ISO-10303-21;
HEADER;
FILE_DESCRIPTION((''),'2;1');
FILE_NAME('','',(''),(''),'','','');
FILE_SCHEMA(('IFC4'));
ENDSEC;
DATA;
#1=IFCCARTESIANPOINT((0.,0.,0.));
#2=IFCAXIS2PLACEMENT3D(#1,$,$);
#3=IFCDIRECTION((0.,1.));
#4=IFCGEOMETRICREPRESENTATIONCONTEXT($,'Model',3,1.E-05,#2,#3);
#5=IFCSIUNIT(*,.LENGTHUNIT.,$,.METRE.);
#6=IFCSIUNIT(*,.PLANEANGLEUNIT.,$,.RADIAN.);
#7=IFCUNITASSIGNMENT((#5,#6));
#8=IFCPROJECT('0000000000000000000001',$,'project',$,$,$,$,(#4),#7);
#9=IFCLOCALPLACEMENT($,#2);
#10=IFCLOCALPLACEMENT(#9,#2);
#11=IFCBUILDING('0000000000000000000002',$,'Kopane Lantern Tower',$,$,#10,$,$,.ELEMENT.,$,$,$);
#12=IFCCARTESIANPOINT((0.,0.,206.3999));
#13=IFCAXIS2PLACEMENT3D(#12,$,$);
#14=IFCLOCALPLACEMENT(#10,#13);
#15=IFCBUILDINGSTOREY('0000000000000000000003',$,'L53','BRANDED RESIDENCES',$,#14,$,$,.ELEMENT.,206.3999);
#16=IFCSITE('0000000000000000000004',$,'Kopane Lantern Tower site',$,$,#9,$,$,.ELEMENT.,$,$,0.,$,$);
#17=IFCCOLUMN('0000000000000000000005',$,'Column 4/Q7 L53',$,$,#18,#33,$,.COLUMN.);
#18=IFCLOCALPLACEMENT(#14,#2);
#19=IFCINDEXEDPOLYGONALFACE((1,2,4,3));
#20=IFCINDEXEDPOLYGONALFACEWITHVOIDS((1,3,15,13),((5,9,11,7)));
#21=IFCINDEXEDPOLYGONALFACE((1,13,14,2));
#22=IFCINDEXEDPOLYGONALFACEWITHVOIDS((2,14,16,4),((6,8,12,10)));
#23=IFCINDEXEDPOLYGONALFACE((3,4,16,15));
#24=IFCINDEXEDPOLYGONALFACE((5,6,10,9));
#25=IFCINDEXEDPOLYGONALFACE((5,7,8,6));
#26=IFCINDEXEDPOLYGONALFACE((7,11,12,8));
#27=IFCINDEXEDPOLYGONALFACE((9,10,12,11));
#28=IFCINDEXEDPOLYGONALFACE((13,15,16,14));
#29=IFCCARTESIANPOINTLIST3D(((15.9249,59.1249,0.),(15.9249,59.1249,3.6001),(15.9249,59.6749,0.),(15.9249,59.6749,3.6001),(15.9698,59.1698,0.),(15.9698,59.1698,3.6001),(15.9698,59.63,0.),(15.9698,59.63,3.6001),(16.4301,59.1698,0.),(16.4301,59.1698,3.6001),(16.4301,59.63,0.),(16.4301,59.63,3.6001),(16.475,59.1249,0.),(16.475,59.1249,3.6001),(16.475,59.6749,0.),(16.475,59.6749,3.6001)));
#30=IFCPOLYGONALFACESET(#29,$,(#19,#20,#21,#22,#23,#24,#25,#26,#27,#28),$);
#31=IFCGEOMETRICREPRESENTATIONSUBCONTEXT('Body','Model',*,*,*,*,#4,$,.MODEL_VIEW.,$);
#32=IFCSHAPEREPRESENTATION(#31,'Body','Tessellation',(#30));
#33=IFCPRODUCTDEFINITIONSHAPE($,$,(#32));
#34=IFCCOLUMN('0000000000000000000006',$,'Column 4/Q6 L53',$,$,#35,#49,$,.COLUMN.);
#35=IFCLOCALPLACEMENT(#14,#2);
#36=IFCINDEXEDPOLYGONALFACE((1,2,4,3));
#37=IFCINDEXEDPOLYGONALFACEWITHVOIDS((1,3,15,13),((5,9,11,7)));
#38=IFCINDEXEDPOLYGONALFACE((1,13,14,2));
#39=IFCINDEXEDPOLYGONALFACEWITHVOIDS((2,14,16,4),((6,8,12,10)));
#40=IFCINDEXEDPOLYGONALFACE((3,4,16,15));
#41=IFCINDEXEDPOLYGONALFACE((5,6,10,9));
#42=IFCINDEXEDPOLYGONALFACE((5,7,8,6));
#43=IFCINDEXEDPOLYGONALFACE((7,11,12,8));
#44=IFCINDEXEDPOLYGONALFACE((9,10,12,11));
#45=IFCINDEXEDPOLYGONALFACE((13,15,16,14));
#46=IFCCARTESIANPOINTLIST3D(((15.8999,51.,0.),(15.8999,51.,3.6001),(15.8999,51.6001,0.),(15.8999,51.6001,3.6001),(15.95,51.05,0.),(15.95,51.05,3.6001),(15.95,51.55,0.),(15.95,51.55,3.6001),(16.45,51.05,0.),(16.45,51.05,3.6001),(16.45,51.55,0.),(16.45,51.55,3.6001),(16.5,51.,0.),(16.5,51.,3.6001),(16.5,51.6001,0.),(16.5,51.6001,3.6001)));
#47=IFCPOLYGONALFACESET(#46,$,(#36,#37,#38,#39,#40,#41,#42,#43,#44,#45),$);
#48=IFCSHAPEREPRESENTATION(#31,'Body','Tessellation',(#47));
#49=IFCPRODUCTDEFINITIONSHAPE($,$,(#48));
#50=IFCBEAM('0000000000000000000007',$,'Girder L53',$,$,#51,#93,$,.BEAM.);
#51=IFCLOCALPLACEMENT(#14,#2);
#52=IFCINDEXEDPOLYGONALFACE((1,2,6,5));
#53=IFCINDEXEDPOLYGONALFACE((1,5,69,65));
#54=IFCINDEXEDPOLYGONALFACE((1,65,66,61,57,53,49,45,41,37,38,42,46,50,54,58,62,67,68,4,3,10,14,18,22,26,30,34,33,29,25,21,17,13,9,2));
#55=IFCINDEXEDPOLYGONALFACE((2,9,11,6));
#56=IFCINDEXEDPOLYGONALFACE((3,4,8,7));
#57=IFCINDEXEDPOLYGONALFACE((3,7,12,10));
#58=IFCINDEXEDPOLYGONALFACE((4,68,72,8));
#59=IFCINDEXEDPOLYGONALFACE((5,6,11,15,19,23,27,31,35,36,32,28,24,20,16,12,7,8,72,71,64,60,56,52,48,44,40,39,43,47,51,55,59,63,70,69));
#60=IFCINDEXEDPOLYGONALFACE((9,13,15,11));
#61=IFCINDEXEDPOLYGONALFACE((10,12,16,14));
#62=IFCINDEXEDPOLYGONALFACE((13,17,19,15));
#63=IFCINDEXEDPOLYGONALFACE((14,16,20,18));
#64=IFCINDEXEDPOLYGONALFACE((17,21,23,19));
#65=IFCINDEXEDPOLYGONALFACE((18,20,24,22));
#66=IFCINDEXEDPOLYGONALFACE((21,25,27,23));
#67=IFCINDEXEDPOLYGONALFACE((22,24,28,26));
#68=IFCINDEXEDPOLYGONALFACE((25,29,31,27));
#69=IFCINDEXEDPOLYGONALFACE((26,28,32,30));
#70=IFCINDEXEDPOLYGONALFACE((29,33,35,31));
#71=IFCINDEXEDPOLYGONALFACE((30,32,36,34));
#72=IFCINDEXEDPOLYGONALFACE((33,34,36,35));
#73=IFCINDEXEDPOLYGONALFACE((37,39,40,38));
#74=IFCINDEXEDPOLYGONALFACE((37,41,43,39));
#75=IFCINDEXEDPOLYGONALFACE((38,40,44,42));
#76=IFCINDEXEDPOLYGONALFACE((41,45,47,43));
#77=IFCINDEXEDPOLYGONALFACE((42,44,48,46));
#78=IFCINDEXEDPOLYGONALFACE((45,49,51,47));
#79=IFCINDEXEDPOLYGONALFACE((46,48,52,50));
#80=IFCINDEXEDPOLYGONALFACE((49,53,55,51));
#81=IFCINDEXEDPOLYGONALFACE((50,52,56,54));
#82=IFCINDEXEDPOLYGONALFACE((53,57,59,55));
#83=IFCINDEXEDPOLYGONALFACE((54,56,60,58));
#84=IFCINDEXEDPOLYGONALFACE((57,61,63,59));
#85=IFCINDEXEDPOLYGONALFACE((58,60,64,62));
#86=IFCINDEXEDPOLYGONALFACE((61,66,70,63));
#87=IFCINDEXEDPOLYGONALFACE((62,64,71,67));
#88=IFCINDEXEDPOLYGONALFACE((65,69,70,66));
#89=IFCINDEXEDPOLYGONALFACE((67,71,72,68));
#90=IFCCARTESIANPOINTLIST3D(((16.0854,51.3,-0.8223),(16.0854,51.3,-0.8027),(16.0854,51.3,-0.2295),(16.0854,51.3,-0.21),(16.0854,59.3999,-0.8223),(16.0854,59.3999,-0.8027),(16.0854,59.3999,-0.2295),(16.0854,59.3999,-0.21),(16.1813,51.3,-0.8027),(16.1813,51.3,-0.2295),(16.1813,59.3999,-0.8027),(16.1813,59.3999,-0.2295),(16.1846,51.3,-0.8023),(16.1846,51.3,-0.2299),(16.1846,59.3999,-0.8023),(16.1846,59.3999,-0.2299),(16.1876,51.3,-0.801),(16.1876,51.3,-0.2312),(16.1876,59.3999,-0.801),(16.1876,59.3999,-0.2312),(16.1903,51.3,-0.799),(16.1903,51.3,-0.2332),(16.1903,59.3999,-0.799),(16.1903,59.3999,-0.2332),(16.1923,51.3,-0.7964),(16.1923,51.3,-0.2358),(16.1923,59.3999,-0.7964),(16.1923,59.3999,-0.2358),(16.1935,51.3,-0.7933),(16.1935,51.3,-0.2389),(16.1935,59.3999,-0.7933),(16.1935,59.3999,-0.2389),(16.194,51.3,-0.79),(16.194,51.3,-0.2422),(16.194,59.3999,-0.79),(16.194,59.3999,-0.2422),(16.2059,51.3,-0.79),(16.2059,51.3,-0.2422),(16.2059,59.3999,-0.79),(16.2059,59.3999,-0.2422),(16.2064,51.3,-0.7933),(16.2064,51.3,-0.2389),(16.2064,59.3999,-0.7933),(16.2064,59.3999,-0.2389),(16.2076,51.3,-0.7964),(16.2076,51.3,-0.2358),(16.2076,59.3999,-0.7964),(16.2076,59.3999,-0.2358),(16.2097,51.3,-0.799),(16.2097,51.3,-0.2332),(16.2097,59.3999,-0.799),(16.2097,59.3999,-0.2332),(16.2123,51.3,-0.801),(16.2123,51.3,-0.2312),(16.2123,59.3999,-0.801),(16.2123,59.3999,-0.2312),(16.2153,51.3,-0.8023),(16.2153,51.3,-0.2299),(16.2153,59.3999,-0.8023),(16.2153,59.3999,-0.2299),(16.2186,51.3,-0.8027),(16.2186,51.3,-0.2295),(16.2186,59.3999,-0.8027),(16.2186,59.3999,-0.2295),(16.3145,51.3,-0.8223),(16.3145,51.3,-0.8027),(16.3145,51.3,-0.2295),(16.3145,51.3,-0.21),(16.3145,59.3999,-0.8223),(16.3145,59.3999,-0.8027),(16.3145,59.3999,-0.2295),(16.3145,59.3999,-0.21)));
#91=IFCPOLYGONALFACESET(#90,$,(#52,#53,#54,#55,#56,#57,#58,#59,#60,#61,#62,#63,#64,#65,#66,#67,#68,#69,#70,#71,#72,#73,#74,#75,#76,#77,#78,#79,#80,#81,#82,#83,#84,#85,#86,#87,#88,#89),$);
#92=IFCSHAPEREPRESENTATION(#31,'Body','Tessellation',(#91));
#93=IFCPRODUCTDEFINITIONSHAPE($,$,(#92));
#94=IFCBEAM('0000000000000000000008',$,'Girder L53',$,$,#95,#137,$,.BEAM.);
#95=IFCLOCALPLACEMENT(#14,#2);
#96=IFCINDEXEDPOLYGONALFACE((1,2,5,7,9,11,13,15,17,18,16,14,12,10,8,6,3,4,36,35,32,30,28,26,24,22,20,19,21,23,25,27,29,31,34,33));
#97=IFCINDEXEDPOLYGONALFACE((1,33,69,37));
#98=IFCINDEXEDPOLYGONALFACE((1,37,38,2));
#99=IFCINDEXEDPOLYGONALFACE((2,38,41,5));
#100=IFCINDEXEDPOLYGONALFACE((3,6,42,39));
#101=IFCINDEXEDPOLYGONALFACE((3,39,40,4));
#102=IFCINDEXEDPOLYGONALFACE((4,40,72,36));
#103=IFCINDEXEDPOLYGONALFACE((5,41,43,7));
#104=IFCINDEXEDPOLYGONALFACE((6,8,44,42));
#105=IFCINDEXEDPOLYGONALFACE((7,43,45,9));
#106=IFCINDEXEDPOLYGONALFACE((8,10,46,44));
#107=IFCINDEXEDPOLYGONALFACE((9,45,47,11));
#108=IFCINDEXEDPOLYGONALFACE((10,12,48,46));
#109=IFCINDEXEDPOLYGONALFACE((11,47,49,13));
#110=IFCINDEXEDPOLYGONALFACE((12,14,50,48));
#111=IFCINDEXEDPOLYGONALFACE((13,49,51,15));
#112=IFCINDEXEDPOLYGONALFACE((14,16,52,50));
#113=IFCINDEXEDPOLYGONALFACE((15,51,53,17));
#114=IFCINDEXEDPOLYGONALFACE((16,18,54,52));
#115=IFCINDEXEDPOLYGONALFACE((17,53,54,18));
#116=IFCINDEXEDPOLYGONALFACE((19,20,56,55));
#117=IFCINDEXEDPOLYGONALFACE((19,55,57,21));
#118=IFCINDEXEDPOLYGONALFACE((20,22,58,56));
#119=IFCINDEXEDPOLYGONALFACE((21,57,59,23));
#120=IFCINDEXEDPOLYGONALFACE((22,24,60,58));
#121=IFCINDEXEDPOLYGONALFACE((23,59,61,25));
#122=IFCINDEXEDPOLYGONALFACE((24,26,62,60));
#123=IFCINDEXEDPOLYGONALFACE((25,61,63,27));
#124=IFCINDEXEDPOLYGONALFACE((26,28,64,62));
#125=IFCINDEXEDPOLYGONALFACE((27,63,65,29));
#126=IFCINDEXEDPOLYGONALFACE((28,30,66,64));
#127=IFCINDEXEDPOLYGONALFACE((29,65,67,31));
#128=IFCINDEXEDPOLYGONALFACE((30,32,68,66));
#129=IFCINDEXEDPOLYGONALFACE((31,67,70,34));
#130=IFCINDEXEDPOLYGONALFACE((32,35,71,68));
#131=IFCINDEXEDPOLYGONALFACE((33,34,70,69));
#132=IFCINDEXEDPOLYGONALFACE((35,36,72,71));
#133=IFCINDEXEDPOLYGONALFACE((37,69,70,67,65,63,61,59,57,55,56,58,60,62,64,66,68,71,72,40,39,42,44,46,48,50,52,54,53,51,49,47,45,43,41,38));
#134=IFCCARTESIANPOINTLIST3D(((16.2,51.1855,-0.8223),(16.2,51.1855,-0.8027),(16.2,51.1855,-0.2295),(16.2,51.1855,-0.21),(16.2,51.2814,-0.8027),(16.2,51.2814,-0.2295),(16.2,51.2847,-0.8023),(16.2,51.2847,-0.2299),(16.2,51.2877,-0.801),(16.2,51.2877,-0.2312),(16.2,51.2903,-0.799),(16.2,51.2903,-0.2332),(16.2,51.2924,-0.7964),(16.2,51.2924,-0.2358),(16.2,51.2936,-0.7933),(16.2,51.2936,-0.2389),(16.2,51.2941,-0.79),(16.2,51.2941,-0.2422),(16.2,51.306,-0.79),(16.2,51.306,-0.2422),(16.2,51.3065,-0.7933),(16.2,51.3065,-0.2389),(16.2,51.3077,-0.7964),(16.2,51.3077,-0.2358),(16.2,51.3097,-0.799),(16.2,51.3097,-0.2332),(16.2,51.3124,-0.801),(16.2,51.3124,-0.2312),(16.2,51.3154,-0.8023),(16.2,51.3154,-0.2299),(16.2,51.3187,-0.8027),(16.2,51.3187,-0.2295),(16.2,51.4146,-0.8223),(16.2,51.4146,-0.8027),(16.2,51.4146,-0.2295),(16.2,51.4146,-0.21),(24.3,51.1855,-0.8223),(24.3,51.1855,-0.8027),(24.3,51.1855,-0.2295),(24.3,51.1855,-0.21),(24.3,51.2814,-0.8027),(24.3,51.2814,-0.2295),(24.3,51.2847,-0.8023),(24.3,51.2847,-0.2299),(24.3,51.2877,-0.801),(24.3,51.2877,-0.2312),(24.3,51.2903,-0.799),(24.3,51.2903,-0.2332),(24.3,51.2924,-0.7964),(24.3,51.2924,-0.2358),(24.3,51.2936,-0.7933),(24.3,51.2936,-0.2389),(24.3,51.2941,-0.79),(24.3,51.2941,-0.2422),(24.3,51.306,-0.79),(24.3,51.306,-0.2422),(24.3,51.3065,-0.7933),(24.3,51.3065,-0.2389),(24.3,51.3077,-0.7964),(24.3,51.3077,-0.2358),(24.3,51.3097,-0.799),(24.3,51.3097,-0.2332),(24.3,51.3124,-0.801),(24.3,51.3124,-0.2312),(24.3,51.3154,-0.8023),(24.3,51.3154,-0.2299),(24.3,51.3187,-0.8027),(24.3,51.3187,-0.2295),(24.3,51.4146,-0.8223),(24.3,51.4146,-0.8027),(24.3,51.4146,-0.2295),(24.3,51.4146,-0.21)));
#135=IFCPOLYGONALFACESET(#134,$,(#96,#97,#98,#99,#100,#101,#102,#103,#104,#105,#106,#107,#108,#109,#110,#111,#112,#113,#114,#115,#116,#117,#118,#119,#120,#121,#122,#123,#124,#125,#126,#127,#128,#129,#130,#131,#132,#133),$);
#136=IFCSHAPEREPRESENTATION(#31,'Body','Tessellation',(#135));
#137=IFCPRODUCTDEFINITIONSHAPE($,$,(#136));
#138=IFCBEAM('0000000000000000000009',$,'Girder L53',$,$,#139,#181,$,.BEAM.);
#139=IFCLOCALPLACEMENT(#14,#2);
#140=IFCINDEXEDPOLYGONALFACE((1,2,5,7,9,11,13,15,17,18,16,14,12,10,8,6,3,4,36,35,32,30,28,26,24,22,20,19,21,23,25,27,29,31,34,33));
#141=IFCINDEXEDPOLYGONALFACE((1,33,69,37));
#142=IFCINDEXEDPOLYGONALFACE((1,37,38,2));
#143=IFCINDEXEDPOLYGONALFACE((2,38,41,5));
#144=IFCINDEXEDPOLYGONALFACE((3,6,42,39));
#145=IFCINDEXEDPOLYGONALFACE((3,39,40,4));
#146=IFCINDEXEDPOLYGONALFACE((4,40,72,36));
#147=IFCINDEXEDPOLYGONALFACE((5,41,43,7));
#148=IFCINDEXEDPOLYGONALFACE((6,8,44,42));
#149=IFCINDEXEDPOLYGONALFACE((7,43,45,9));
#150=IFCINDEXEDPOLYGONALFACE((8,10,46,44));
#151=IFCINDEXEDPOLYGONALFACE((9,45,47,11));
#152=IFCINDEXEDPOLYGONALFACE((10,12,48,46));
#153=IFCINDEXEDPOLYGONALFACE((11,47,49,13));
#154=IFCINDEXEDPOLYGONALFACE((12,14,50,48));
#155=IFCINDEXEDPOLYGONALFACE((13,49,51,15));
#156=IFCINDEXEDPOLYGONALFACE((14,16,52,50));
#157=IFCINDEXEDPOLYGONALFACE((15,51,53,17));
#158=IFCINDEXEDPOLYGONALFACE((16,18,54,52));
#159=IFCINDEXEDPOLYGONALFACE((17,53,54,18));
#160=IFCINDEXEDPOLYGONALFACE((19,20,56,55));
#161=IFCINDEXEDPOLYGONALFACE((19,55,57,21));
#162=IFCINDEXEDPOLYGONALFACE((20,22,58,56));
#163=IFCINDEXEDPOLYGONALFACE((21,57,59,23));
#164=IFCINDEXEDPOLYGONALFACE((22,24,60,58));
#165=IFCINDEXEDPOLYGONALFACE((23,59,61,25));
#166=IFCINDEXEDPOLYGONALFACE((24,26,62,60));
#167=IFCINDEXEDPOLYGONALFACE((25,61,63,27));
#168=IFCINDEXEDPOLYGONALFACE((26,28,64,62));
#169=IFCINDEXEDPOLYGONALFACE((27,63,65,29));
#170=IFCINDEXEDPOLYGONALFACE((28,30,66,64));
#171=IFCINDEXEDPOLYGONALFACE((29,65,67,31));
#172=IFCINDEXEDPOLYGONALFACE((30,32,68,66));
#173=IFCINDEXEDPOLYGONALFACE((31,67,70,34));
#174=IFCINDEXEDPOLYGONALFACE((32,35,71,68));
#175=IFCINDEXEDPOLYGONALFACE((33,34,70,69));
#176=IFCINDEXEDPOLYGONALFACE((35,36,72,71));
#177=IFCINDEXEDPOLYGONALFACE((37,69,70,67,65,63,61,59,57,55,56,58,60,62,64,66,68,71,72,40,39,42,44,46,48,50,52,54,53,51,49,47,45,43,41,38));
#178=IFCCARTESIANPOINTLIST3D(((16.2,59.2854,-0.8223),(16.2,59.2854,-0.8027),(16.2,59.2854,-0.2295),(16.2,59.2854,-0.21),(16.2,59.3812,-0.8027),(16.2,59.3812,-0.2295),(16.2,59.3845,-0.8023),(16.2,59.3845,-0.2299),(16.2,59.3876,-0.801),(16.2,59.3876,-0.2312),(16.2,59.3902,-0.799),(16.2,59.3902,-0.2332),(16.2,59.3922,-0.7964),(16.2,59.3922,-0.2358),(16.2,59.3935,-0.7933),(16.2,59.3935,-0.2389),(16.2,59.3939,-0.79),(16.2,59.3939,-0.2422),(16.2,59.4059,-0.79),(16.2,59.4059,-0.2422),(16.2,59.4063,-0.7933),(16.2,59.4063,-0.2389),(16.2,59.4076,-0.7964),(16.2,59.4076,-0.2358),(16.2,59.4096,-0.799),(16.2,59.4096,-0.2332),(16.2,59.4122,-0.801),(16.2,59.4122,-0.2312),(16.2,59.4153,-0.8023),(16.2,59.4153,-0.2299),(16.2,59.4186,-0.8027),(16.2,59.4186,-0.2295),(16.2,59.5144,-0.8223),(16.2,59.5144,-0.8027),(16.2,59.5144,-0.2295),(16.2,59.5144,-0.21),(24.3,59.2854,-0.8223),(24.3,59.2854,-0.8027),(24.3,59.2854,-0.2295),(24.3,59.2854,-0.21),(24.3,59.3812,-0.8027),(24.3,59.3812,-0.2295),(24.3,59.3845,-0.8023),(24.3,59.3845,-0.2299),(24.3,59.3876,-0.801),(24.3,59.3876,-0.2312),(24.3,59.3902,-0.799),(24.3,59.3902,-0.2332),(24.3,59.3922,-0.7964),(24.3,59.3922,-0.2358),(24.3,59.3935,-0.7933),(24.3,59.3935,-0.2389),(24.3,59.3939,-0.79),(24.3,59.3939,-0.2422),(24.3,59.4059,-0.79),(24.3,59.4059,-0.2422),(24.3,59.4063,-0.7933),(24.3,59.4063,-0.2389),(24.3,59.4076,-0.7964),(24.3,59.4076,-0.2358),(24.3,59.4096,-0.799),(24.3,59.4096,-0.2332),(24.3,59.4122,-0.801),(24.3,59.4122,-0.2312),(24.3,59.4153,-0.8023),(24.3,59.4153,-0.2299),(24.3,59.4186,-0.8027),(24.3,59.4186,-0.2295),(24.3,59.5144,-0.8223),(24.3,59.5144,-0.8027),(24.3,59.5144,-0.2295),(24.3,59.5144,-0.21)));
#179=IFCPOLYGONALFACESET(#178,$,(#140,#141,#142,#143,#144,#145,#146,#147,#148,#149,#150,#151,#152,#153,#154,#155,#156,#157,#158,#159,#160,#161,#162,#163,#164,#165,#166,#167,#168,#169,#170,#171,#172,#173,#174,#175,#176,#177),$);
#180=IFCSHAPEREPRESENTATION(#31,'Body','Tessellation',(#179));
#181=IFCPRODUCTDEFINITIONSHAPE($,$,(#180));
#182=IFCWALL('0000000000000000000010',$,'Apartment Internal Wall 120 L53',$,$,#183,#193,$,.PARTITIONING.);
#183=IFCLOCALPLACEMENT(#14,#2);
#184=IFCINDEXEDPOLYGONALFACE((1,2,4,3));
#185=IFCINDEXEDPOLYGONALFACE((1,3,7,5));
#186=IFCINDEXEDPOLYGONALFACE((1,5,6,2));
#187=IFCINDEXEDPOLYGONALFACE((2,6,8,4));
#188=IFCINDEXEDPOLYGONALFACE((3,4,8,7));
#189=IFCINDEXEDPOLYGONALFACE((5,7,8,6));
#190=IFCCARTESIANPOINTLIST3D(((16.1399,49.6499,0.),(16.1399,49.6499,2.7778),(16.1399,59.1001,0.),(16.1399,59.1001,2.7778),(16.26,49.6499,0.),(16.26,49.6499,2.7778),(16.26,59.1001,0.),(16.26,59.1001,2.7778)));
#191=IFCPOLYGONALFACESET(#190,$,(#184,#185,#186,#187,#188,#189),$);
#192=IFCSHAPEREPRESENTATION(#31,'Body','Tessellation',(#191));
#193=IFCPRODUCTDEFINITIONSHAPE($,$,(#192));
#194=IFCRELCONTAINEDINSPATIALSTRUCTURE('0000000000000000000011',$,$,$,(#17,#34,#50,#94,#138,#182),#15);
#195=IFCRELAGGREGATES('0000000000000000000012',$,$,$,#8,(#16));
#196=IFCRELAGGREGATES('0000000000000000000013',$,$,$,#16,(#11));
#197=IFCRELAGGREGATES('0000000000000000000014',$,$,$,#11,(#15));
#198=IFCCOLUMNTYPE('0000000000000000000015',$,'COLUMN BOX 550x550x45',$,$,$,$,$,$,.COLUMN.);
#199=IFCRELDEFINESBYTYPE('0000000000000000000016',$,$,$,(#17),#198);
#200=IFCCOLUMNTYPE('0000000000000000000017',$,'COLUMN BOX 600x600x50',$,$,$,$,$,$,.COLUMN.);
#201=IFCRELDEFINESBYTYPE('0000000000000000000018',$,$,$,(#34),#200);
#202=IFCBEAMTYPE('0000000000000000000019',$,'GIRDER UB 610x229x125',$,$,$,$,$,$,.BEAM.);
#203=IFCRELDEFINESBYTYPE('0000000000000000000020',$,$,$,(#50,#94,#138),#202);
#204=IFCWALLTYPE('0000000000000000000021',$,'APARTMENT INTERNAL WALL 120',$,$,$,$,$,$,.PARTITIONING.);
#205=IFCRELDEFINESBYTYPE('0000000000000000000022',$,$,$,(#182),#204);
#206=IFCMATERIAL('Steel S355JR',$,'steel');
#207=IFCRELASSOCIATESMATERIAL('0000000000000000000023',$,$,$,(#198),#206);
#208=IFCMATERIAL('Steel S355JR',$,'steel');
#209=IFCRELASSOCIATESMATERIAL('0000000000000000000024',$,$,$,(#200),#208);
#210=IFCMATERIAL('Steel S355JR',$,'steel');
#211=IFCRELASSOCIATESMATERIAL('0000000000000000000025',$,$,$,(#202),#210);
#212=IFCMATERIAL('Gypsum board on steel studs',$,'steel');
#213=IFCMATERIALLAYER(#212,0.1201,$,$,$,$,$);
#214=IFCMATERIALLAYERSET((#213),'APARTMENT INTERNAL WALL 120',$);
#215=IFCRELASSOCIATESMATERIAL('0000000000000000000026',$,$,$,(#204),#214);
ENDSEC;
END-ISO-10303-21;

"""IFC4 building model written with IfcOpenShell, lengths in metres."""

from ifc_helpers import new_model, si_unit, direction, frame, frame_2d, origin, origin_2d, place, context, subcontext, project, spatial, rectangle, hollow_rectangle, i_section, extrude, material, layer, layer_set, material_profile, profile_set, type_object, element, save


model = new_model("IFC4")

# Units and contexts
model_context = context("Model", 3, precision=1e-05, world=origin(), true_north=direction((0.0, 1.0)))
body_context = subcontext(model_context, "Body", "Model", "MODEL_VIEW")
ifc_project = project(units=[si_unit("LENGTHUNIT", "METRE"), si_unit("PLANEANGLEUNIT", "RADIAN")], contexts=[model_context])

# Site, building, storey
site_placement = place(None, origin())
site = spatial("IfcSite", under=ifc_project, at=site_placement, Name="Kopane Lantern Tower site", CompositionType="ELEMENT", RefElevation=0.0)
building_placement = place(site_placement, origin())
building = spatial("IfcBuilding", under=site, at=building_placement, Name="Kopane Lantern Tower", CompositionType="ELEMENT")
storey_placement = place(building_placement, frame((0.0, 0.0, 206.3999)))
storey = spatial("IfcBuildingStorey", under=building, at=storey_placement, Name="L53", Description="BRANDED RESIDENCES", CompositionType="ELEMENT", Elevation=206.3999)

# Columns
ifc_material_1 = material(Name="Steel S355JR", Category="steel")
ifc_material_profile_1 = material_profile(ifc_material_1, hollow_rectangle(XDim=0.55, YDim=0.55, WallThickness=0.0449, at=origin_2d()), Name="BOX 550x550x45")
ifc_profile_set_1 = profile_set([ifc_material_profile_1], Name="Steel S355JR")
column_type_1 = type_object("IfcColumnType", Name="COLUMN BOX 550x550x45", PredefinedType="COLUMN", material=ifc_profile_set_1)
column_1_placement = place(storey_placement, frame((16.2, 59.3999, 0.0), z_axis=(0.0, 0.0, 1.0), x_axis=(1.0, 0.0, 0.0)))
element("IfcColumn", 1, at=column_1_placement, inside=storey, type_object=column_type_1, Name="Column 4/Q7 L53", PredefinedType="COLUMN", context=body_context, shape_type="SweptSolid", body=[
    extrude(hollow_rectangle(XDim=0.55, YDim=0.55, WallThickness=0.0449, at=origin_2d()), origin(), (0.0, 0.0, 1.0), 3.6001),
])
ifc_material_2 = material(Name="Steel S355JR", Category="steel")
ifc_material_profile_2 = material_profile(ifc_material_2, hollow_rectangle(XDim=0.6001, YDim=0.6001, WallThickness=0.05, at=origin_2d()), Name="BOX 600x600x50")
ifc_profile_set_2 = profile_set([ifc_material_profile_2], Name="Steel S355JR")
column_type_2 = type_object("IfcColumnType", Name="COLUMN BOX 600x600x50", PredefinedType="COLUMN", material=ifc_profile_set_2)
column_2_placement = place(storey_placement, frame((16.2, 51.3, 0.0), z_axis=(0.0, 0.0, 1.0), x_axis=(1.0, 0.0, 0.0)))
element("IfcColumn", 2, at=column_2_placement, inside=storey, type_object=column_type_2, Name="Column 4/Q6 L53", PredefinedType="COLUMN", context=body_context, shape_type="SweptSolid", body=[
    extrude(hollow_rectangle(XDim=0.6001, YDim=0.6001, WallThickness=0.05, at=origin_2d()), origin(), (0.0, 0.0, 1.0), 3.6001),
])

# Beams
ifc_material_3 = material(Name="Steel S355JR", Category="steel")
ifc_material_profile_3 = material_profile(ifc_material_3, i_section(OverallWidth=0.229, OverallDepth=0.6123, WebThickness=0.012, FlangeThickness=0.0195, FilletRadius=0.0127, at=origin_2d()), Name="UB 610x229x125")
ifc_profile_set_3 = profile_set([ifc_material_profile_3], Name="Steel S355JR")
beam_type = type_object("IfcBeamType", Name="GIRDER UB 610x229x125", PredefinedType="BEAM", material=ifc_profile_set_3)
beam_placement = place(storey_placement, frame((16.2, 51.3, -0.5161), z_axis=(0.0, 1.0, 0.0), x_axis=(-1.0, 0.0, 0.0)))
element("IfcBeam", 3, at=beam_placement, inside=storey, type_object=beam_type, Name="Girder L53", PredefinedType="BEAM", context=body_context, shape_type="SweptSolid", body=[
    extrude(i_section(OverallWidth=0.229, OverallDepth=0.6123, WebThickness=0.012, FlangeThickness=0.0195, FilletRadius=0.0127, at=origin_2d()), origin(), (0.0, 0.0, 1.0), 8.0999),
])
for number, where, z_axis, x_axis, name in (
    (4, (16.2, 51.3, -0.5161), (1.0, 0.0, 0.0), (0.0, 1.0, 0.0), "Girder L53"),
    (5, (16.2, 59.3999, -0.5161), (1.0, 0.0, 0.0), (0.0, 1.0, 0.0), "Girder L53"),
):
    element("IfcBeam", number, at=place(storey_placement, frame(where, z_axis=z_axis, x_axis=x_axis)), inside=storey, type_object=beam_type, Name=name, PredefinedType="BEAM", context=body_context, shape_type="SweptSolid", body=[
        extrude(i_section(OverallWidth=0.229, OverallDepth=0.6123, WebThickness=0.012, FlangeThickness=0.0195, FilletRadius=0.0127, at=origin_2d()), origin(), (0.0, 0.0, 1.0), 8.1001),
    ])

# Wall
ifc_material_4 = material(Name="Gypsum board on steel studs", Category="steel")
ifc_layer_1 = layer(ifc_material_4, 0.1201)
ifc_layer_set_1 = layer_set([ifc_layer_1], Name="APARTMENT INTERNAL WALL 120")
wall_type_1 = type_object("IfcWallType", Name="APARTMENT INTERNAL WALL 120", PredefinedType="PARTITIONING", material=ifc_layer_set_1)
wall_1_placement = place(storey_placement, frame((16.2, 49.6499, 0.0), z_axis=(0.0, 0.0, 1.0), x_axis=(0.0, 1.0, 0.0)))
element("IfcWall", 6, at=wall_1_placement, inside=storey, type_object=wall_type_1, Name="Apartment Internal Wall 120 L53", PredefinedType="PARTITIONING", context=body_context, shape_type="SweptSolid", body=[
    extrude(rectangle(XDim=9.4502, YDim=0.1201, at=frame_2d((4.7251, 0.0))), origin(), (0.0, 0.0, 1.0), 2.7778),
])

save(model, "model.ifc")
